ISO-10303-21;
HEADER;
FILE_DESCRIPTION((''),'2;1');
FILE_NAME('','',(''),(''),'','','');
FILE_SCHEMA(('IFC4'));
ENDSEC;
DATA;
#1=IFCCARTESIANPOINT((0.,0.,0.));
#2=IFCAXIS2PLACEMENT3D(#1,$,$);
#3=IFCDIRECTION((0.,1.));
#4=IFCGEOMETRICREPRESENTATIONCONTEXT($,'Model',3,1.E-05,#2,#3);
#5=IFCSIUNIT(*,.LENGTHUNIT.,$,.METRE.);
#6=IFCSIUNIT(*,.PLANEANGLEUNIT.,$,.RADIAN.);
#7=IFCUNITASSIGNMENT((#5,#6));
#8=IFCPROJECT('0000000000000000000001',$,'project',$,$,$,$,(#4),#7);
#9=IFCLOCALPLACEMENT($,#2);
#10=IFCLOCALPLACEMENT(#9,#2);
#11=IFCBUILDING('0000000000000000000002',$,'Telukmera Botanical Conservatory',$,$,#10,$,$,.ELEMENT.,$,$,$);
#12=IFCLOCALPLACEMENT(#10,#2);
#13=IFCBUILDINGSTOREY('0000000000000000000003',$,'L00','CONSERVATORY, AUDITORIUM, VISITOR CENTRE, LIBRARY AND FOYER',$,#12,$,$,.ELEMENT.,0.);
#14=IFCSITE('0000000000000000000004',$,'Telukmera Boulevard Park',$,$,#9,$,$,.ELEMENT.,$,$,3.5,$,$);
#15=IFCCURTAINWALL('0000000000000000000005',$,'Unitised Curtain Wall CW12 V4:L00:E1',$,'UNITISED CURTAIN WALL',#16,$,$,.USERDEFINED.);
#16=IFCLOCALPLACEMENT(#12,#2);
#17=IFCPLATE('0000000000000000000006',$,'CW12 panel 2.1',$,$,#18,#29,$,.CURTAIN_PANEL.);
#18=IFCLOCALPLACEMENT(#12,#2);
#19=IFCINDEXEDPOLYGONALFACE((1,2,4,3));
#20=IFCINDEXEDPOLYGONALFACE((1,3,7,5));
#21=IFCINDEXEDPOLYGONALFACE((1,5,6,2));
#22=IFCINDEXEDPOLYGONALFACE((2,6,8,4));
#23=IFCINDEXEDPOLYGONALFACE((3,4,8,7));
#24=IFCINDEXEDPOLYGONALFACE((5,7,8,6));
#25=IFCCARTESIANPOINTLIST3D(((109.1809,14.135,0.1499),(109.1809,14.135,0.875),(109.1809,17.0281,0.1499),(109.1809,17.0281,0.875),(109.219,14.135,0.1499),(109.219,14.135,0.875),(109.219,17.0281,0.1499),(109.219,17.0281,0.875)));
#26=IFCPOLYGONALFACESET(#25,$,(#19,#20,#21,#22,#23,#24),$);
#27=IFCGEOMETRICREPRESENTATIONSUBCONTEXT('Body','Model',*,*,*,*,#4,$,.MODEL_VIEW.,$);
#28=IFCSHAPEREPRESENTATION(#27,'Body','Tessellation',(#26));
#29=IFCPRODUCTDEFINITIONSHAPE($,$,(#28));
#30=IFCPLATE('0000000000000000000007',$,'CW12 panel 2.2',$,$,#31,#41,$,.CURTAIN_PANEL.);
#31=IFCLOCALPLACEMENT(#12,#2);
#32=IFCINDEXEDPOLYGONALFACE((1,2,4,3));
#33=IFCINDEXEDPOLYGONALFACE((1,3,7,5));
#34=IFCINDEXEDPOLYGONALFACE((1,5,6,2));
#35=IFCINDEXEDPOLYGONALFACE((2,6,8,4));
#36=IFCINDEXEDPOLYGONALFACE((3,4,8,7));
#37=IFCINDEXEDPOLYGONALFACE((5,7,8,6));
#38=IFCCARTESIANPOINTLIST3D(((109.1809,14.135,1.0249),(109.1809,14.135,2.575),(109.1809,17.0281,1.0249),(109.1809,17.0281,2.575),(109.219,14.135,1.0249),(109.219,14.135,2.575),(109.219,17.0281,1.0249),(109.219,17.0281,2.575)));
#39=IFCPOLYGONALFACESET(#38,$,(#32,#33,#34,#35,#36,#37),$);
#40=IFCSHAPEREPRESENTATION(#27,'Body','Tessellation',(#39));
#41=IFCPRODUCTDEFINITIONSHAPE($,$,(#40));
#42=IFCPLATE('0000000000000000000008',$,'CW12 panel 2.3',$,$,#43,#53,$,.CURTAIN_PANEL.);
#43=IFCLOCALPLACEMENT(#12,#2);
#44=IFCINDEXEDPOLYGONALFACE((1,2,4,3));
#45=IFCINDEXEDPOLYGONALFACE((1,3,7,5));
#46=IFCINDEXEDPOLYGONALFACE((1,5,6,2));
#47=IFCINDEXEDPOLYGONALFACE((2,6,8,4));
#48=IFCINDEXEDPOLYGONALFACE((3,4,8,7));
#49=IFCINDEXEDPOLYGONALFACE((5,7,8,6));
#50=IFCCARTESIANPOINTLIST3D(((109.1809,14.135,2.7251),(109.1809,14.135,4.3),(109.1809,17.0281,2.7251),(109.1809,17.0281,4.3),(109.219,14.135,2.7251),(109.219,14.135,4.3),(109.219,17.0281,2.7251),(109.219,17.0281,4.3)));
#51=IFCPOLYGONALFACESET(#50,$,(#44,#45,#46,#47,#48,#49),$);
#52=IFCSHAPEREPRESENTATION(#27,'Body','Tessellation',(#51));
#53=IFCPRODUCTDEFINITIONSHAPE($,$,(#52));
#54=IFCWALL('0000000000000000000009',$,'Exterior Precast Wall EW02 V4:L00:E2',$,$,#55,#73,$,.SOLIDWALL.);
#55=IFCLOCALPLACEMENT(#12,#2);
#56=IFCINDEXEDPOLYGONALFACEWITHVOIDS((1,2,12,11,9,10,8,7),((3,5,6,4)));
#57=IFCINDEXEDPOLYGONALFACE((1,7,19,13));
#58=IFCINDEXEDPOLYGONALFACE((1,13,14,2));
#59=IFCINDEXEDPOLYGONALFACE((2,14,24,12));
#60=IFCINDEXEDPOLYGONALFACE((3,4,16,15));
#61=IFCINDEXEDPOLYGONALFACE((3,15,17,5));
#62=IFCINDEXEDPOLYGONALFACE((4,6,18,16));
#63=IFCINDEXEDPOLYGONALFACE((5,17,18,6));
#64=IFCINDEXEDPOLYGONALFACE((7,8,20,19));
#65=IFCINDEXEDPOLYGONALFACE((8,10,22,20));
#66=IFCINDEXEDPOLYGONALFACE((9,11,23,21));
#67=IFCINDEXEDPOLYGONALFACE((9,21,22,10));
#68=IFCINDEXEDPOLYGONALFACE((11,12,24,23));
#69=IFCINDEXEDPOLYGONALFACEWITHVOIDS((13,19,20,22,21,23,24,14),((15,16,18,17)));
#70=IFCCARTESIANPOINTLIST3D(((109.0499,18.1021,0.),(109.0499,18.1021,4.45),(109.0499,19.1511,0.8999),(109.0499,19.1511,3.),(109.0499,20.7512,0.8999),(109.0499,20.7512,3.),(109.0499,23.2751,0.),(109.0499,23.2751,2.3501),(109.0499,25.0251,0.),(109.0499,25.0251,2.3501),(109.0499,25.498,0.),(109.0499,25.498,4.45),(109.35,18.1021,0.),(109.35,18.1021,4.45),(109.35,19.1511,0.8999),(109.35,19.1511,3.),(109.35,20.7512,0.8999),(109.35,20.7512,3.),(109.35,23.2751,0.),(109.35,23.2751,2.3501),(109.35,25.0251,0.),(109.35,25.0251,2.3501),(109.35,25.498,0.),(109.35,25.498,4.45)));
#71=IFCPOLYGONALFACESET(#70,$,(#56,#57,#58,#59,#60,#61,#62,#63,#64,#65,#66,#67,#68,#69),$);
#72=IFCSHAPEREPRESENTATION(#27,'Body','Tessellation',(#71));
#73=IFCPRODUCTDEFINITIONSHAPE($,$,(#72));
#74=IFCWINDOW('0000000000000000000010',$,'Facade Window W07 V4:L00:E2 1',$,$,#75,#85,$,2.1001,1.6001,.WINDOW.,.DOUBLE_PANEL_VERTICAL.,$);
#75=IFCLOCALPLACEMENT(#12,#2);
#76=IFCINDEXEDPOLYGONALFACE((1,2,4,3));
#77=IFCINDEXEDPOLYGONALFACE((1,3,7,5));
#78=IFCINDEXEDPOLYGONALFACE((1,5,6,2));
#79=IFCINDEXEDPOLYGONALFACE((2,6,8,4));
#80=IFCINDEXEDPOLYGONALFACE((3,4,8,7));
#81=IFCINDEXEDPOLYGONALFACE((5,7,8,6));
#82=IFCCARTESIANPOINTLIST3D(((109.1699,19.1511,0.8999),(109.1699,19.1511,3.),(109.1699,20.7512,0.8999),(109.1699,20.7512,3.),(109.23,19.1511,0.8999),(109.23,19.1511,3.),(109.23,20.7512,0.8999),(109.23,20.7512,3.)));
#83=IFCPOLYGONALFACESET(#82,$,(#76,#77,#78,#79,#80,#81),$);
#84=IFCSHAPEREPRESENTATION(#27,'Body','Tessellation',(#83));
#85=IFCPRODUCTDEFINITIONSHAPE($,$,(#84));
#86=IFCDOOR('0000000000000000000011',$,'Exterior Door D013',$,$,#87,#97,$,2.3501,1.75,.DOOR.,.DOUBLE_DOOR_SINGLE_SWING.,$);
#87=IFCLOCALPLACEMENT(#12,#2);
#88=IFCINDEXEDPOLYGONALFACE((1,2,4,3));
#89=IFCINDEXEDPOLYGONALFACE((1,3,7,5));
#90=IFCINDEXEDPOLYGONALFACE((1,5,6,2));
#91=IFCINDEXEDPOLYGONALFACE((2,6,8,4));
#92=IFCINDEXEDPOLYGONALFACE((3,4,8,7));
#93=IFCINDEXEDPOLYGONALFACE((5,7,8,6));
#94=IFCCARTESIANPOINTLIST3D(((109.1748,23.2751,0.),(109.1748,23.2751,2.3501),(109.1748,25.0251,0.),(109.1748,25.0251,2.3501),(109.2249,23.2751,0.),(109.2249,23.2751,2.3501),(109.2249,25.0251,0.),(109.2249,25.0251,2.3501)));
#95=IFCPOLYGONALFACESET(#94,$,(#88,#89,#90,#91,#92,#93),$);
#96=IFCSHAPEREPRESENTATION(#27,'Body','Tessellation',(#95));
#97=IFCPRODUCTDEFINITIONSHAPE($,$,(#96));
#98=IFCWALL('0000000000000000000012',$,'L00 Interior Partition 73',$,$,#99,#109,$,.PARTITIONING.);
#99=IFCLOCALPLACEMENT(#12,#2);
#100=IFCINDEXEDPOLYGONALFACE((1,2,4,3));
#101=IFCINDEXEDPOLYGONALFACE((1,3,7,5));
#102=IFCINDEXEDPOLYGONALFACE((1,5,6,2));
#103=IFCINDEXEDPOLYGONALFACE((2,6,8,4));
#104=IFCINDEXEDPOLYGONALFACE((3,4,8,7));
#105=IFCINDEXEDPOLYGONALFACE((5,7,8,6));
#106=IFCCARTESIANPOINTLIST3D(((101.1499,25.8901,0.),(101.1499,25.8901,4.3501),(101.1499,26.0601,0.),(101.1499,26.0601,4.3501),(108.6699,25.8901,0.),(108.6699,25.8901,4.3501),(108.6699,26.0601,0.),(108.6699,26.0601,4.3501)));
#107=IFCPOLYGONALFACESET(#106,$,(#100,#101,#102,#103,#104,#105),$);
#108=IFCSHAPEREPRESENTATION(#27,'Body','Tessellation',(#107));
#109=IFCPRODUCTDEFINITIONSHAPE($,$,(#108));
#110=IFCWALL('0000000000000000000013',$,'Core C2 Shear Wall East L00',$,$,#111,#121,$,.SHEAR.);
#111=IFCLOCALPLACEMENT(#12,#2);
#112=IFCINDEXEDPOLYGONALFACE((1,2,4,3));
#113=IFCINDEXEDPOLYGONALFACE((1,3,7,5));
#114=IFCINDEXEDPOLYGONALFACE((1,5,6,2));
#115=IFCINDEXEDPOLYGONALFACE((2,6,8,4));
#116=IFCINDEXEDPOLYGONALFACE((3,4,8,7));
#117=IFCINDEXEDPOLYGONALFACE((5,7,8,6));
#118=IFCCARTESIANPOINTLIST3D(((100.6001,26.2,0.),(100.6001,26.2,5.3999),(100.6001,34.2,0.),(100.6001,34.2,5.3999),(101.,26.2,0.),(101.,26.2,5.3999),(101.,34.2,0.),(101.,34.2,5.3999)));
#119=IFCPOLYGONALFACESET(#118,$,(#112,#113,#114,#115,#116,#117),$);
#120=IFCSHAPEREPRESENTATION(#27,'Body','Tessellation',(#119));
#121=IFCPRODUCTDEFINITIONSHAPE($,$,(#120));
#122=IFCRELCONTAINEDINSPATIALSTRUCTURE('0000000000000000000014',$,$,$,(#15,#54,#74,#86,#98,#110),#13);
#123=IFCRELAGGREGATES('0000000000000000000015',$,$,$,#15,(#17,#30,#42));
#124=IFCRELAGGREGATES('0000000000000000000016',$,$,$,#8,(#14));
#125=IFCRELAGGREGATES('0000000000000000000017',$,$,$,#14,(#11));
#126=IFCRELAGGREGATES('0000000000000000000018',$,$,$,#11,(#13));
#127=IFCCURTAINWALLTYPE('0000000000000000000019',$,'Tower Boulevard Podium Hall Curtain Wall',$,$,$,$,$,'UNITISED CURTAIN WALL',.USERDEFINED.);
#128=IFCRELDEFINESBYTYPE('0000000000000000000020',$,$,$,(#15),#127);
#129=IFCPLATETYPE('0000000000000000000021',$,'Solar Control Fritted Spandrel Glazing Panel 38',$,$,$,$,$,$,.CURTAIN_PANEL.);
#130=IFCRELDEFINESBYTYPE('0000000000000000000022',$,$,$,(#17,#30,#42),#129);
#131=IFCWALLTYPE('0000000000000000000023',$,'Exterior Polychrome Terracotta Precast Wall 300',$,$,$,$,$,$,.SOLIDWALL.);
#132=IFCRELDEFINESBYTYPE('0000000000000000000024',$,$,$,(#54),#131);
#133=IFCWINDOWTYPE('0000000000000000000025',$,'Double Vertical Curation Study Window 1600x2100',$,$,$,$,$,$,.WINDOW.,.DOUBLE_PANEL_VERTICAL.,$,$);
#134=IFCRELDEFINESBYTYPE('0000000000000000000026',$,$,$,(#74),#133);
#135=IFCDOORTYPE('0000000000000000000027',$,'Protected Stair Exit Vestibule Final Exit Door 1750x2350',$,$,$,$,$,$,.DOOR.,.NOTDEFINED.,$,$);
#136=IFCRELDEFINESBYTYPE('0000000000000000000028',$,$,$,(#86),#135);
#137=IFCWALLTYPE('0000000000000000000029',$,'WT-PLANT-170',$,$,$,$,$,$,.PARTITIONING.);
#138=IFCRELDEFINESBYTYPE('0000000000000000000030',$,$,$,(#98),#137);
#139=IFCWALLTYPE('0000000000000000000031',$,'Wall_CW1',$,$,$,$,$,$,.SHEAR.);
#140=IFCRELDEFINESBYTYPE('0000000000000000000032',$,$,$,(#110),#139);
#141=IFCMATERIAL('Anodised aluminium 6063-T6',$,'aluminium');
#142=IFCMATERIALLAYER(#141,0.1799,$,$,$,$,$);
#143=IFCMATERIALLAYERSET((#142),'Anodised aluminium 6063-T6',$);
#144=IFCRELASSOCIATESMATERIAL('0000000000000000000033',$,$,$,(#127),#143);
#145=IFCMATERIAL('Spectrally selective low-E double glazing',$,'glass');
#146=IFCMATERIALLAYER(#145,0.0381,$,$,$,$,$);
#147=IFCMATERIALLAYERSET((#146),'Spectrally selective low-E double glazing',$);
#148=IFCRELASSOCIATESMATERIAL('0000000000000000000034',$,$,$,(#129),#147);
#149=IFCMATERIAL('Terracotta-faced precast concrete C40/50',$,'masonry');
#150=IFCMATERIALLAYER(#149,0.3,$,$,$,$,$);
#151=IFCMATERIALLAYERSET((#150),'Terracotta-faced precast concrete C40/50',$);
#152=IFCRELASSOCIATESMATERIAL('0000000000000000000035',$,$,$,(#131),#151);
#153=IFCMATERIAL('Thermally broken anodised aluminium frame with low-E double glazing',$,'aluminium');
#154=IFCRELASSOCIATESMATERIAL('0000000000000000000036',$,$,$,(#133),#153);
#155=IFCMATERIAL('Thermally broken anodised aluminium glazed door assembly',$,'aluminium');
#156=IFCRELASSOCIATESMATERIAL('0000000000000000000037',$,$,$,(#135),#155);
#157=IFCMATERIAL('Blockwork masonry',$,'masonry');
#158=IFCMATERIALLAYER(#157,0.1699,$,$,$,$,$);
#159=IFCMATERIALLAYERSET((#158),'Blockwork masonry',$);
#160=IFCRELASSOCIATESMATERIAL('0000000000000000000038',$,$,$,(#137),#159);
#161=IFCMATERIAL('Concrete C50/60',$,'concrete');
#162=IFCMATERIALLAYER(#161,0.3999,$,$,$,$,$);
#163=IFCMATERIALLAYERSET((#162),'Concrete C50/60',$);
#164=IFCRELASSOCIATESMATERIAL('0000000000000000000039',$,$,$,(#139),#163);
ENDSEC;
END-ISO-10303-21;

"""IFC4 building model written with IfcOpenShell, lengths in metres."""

from ifc_helpers import new_model, si_unit, direction, frame, frame_2d, origin, origin_2d, place, context, subcontext, project, spatial, rectangle, extrude, material, layer, layer_set, type_object, element, fill, aggregate, save


model = new_model("IFC4")

# Units and contexts
model_context = context("Model", 3, precision=1e-05, world=origin(), true_north=direction((0.0, 1.0)))
body_context = subcontext(model_context, "Body", "Model", "MODEL_VIEW")
ifc_project = project(units=[si_unit("LENGTHUNIT", "METRE"), si_unit("PLANEANGLEUNIT", "RADIAN")], contexts=[model_context])

# Site, building, storey
site_placement = place(None, origin())
site = spatial("IfcSite", under=ifc_project, at=site_placement, Name="Telukmera Boulevard Park", CompositionType="ELEMENT", RefElevation=3.5)
building_placement = place(site_placement, origin())
building = spatial("IfcBuilding", under=site, at=building_placement, Name="Telukmera Botanical Conservatory", CompositionType="ELEMENT")
storey_placement = place(building_placement, origin())
storey = spatial("IfcBuildingStorey", under=building, at=storey_placement, Name="L00", Description="CONSERVATORY, AUDITORIUM, VISITOR CENTRE, LIBRARY AND FOYER", CompositionType="ELEMENT", Elevation=0.0)

# Shared definitions
ifc_material_1 = material(Name="Concrete C50/60", Category="concrete")

# Curtain wall
ifc_material_2 = material(Name="Anodised aluminium 6063-T6", Category="aluminium")
ifc_layer_1 = layer(ifc_material_2, 0.1799)
ifc_layer_set_1 = layer_set([ifc_layer_1], Name="Anodised aluminium 6063-T6")
curtain_wall_type = type_object("IfcCurtainWallType", Name="Tower Boulevard Podium Hall Curtain Wall", ElementType="UNITISED CURTAIN WALL", PredefinedType="USERDEFINED", material=ifc_layer_set_1)
curtain_wall_1_placement = place(storey_placement, origin())
curtain_wall_1 = element("IfcCurtainWall", 1, at=curtain_wall_1_placement, inside=storey, type_object=curtain_wall_type, Name="Unitised Curtain Wall CW12 V4:L00:E1", ObjectType="UNITISED CURTAIN WALL", PredefinedType="USERDEFINED")

# Plates
ifc_material_3 = material(Name="Spectrally selective low-E double glazing", Category="glass")
ifc_layer_2 = layer(ifc_material_3, 0.0381)
ifc_layer_set_2 = layer_set([ifc_layer_2], Name="Spectrally selective low-E double glazing")
plate_type = type_object("IfcPlateType", Name="Solar Control Fritted Spandrel Glazing Panel 38", PredefinedType="CURTAIN_PANEL", material=ifc_layer_set_2)
plate_1_placement = place(storey_placement, frame((109.2, 15.5815, 0.1499), z_axis=(0.0, 0.0, 1.0), x_axis=(0.0, 1.0, 0.0)))
plate_1 = element("IfcPlate", 2, at=plate_1_placement, type_object=plate_type, Name="CW12 panel 2.1", PredefinedType="CURTAIN_PANEL", context=body_context, shape_type="SweptSolid", body=[
    extrude(rectangle(XDim=2.8931, YDim=0.0381, at=origin_2d()), origin(), (0.0, 0.0, 1.0), 0.7251),
])
plate_2_placement = place(storey_placement, frame((109.2, 15.5815, 1.0249), z_axis=(0.0, 0.0, 1.0), x_axis=(0.0, 1.0, 0.0)))
plate_2 = element("IfcPlate", 3, at=plate_2_placement, type_object=plate_type, Name="CW12 panel 2.2", PredefinedType="CURTAIN_PANEL", context=body_context, shape_type="SweptSolid", body=[
    extrude(rectangle(XDim=2.8931, YDim=0.0381, at=origin_2d()), origin(), (0.0, 0.0, 1.0), 1.55),
])
plate_3_placement = place(storey_placement, frame((109.2, 15.5815, 2.7251), z_axis=(0.0, 0.0, 1.0), x_axis=(0.0, 1.0, 0.0)))
plate_3 = element("IfcPlate", 4, at=plate_3_placement, type_object=plate_type, Name="CW12 panel 2.3", PredefinedType="CURTAIN_PANEL", context=body_context, shape_type="SweptSolid", body=[
    extrude(rectangle(XDim=2.8931, YDim=0.0381, at=origin_2d()), origin(), (0.0, 0.0, 1.0), 1.575),
])
aggregate(curtain_wall_1, [plate_1, plate_2, plate_3])

# Wall, openings, window, door
ifc_material_4 = material(Name="Terracotta-faced precast concrete C40/50", Category="masonry")
ifc_layer_3 = layer(ifc_material_4, 0.3)
ifc_layer_set_3 = layer_set([ifc_layer_3], Name="Terracotta-faced precast concrete C40/50")
wall_type_1 = type_object("IfcWallType", Name="Exterior Polychrome Terracotta Precast Wall 300", PredefinedType="SOLIDWALL", material=ifc_layer_set_3)
wall_1_placement = place(storey_placement, frame((109.2, 18.1021, 0.0), z_axis=(0.0, 0.0, 1.0), x_axis=(0.0, 1.0, 0.0)))
wall_1 = element("IfcWall", 5, at=wall_1_placement, inside=storey, type_object=wall_type_1, Name="Exterior Precast Wall EW02 V4:L00:E2", PredefinedType="SOLIDWALL", context=body_context, shape_type="SweptSolid", body=[
    extrude(rectangle(XDim=7.396, YDim=0.3, at=frame_2d((3.698, 0.0))), origin(), (0.0, 0.0, 1.0), 4.45),
])
opening_1_placement = place(wall_1_placement, frame((5.1731, 0.0, 0.0)))
opening_1 = element("IfcOpeningElement", 6, at=opening_1_placement, cuts=wall_1, PredefinedType="OPENING", context=body_context, shape_type="SweptSolid", body=[
    extrude(rectangle(XDim=1.75, YDim=2.3501, at=frame_2d((0.875, 1.175))), frame((0.0, 0.1599, 0.0), z_axis=(0.0, -1.0, 0.0), x_axis=(1.0, 0.0, 0.0)), (0.0, 0.0, 1.0), 0.3201),
])
opening_2_placement = place(wall_1_placement, frame((1.0491, 0.0, 0.8999)))
opening_2 = element("IfcOpeningElement", 7, at=opening_2_placement, cuts=wall_1, PredefinedType="OPENING", context=body_context, shape_type="SweptSolid", body=[
    extrude(rectangle(XDim=1.6001, YDim=2.1001, at=frame_2d((0.8, 1.05))), frame((0.0, 0.1599, 0.0), z_axis=(0.0, -1.0, 0.0), x_axis=(1.0, 0.0, 0.0)), (0.0, 0.0, 1.0), 0.3201),
])
ifc_material_5 = material(Name="Thermally broken anodised aluminium frame with low-E double glazing", Category="aluminium")
window_type = type_object("IfcWindowType", Name="Double Vertical Curation Study Window 1600x2100", PartitioningType="DOUBLE_PANEL_VERTICAL", PredefinedType="WINDOW", material=ifc_material_5)
window_placement = place(opening_2_placement, origin())
window = element("IfcWindow", 8, at=window_placement, inside=storey, type_object=window_type, Name="Facade Window W07 V4:L00:E2 1", OverallHeight=2.1001, OverallWidth=1.6001, PartitioningType="DOUBLE_PANEL_VERTICAL", PredefinedType="WINDOW", context=body_context, shape_type="SweptSolid", body=[
    extrude(rectangle(XDim=1.6001, YDim=2.1001, at=frame_2d((0.8, 1.05))), frame((0.0, 0.03, 0.0), z_axis=(0.0, -1.0, 0.0), x_axis=(1.0, 0.0, 0.0)), (0.0, 0.0, 1.0), 0.0601),
])
fill(opening_2, window)
ifc_material_6 = material(Name="Thermally broken anodised aluminium glazed door assembly", Category="aluminium")
door_type = type_object("IfcDoorType", Name="Protected Stair Exit Vestibule Final Exit Door 1750x2350", OperationType="NOTDEFINED", PredefinedType="DOOR", material=ifc_material_6)
door_placement = place(opening_1_placement, frame((1.75, 0.0, 0.0), z_axis=(0.0, 0.0, 1.0), x_axis=(-1.0, 0.0, 0.0)))
door = element("IfcDoor", 9, at=door_placement, inside=storey, type_object=door_type, Name="Exterior Door D013", OperationType="DOUBLE_DOOR_SINGLE_SWING", OverallHeight=2.3501, OverallWidth=1.75, PredefinedType="DOOR", context=body_context, shape_type="SweptSolid", body=[
    extrude(rectangle(XDim=1.75, YDim=2.3501, at=frame_2d((0.875, 1.175))), frame((0.0, 0.0249, 0.0), z_axis=(0.0, -1.0, 0.0), x_axis=(1.0, 0.0, 0.0)), (0.0, 0.0, 1.0), 0.05),
])
fill(opening_1, door)

# Walls
ifc_material_7 = material(Name="Blockwork masonry", Category="masonry")
ifc_layer_4 = layer(ifc_material_7, 0.1699)
ifc_layer_set_4 = layer_set([ifc_layer_4], Name="Blockwork masonry")
wall_type_2 = type_object("IfcWallType", Name="WT-PLANT-170", PredefinedType="PARTITIONING", material=ifc_layer_set_4)
wall_2_placement = place(storey_placement, frame((101.1499, 25.9751, 0.0), z_axis=(0.0, 0.0, 1.0), x_axis=(1.0, 0.0, 0.0)))
element("IfcWall", 10, at=wall_2_placement, inside=storey, type_object=wall_type_2, Name="L00 Interior Partition 73", PredefinedType="PARTITIONING", context=body_context, shape_type="SweptSolid", body=[
    extrude(rectangle(XDim=7.52, YDim=0.1699, at=frame_2d((3.76, 0.0))), origin(), (0.0, 0.0, 1.0), 4.3501),
])
ifc_layer_5 = layer(ifc_material_1, 0.3999)
ifc_layer_set_5 = layer_set([ifc_layer_5], Name="Concrete C50/60")
wall_type_3 = type_object("IfcWallType", Name="Wall_CW1", PredefinedType="SHEAR", material=ifc_layer_set_5)
wall_3_placement = place(storey_placement, frame((100.8, 26.2, 0.0), z_axis=(0.0, 0.0, 1.0), x_axis=(0.0, 1.0, 0.0)))
element("IfcWall", 11, at=wall_3_placement, inside=storey, type_object=wall_type_3, Name="Core C2 Shear Wall East L00", PredefinedType="SHEAR", context=body_context, shape_type="SweptSolid", body=[
    extrude(rectangle(XDim=8.0, YDim=0.3999, at=frame_2d((4.0, 0.0))), origin(), (0.0, 0.0, 1.0), 5.3999),
])

save(model, "model.ifc")
